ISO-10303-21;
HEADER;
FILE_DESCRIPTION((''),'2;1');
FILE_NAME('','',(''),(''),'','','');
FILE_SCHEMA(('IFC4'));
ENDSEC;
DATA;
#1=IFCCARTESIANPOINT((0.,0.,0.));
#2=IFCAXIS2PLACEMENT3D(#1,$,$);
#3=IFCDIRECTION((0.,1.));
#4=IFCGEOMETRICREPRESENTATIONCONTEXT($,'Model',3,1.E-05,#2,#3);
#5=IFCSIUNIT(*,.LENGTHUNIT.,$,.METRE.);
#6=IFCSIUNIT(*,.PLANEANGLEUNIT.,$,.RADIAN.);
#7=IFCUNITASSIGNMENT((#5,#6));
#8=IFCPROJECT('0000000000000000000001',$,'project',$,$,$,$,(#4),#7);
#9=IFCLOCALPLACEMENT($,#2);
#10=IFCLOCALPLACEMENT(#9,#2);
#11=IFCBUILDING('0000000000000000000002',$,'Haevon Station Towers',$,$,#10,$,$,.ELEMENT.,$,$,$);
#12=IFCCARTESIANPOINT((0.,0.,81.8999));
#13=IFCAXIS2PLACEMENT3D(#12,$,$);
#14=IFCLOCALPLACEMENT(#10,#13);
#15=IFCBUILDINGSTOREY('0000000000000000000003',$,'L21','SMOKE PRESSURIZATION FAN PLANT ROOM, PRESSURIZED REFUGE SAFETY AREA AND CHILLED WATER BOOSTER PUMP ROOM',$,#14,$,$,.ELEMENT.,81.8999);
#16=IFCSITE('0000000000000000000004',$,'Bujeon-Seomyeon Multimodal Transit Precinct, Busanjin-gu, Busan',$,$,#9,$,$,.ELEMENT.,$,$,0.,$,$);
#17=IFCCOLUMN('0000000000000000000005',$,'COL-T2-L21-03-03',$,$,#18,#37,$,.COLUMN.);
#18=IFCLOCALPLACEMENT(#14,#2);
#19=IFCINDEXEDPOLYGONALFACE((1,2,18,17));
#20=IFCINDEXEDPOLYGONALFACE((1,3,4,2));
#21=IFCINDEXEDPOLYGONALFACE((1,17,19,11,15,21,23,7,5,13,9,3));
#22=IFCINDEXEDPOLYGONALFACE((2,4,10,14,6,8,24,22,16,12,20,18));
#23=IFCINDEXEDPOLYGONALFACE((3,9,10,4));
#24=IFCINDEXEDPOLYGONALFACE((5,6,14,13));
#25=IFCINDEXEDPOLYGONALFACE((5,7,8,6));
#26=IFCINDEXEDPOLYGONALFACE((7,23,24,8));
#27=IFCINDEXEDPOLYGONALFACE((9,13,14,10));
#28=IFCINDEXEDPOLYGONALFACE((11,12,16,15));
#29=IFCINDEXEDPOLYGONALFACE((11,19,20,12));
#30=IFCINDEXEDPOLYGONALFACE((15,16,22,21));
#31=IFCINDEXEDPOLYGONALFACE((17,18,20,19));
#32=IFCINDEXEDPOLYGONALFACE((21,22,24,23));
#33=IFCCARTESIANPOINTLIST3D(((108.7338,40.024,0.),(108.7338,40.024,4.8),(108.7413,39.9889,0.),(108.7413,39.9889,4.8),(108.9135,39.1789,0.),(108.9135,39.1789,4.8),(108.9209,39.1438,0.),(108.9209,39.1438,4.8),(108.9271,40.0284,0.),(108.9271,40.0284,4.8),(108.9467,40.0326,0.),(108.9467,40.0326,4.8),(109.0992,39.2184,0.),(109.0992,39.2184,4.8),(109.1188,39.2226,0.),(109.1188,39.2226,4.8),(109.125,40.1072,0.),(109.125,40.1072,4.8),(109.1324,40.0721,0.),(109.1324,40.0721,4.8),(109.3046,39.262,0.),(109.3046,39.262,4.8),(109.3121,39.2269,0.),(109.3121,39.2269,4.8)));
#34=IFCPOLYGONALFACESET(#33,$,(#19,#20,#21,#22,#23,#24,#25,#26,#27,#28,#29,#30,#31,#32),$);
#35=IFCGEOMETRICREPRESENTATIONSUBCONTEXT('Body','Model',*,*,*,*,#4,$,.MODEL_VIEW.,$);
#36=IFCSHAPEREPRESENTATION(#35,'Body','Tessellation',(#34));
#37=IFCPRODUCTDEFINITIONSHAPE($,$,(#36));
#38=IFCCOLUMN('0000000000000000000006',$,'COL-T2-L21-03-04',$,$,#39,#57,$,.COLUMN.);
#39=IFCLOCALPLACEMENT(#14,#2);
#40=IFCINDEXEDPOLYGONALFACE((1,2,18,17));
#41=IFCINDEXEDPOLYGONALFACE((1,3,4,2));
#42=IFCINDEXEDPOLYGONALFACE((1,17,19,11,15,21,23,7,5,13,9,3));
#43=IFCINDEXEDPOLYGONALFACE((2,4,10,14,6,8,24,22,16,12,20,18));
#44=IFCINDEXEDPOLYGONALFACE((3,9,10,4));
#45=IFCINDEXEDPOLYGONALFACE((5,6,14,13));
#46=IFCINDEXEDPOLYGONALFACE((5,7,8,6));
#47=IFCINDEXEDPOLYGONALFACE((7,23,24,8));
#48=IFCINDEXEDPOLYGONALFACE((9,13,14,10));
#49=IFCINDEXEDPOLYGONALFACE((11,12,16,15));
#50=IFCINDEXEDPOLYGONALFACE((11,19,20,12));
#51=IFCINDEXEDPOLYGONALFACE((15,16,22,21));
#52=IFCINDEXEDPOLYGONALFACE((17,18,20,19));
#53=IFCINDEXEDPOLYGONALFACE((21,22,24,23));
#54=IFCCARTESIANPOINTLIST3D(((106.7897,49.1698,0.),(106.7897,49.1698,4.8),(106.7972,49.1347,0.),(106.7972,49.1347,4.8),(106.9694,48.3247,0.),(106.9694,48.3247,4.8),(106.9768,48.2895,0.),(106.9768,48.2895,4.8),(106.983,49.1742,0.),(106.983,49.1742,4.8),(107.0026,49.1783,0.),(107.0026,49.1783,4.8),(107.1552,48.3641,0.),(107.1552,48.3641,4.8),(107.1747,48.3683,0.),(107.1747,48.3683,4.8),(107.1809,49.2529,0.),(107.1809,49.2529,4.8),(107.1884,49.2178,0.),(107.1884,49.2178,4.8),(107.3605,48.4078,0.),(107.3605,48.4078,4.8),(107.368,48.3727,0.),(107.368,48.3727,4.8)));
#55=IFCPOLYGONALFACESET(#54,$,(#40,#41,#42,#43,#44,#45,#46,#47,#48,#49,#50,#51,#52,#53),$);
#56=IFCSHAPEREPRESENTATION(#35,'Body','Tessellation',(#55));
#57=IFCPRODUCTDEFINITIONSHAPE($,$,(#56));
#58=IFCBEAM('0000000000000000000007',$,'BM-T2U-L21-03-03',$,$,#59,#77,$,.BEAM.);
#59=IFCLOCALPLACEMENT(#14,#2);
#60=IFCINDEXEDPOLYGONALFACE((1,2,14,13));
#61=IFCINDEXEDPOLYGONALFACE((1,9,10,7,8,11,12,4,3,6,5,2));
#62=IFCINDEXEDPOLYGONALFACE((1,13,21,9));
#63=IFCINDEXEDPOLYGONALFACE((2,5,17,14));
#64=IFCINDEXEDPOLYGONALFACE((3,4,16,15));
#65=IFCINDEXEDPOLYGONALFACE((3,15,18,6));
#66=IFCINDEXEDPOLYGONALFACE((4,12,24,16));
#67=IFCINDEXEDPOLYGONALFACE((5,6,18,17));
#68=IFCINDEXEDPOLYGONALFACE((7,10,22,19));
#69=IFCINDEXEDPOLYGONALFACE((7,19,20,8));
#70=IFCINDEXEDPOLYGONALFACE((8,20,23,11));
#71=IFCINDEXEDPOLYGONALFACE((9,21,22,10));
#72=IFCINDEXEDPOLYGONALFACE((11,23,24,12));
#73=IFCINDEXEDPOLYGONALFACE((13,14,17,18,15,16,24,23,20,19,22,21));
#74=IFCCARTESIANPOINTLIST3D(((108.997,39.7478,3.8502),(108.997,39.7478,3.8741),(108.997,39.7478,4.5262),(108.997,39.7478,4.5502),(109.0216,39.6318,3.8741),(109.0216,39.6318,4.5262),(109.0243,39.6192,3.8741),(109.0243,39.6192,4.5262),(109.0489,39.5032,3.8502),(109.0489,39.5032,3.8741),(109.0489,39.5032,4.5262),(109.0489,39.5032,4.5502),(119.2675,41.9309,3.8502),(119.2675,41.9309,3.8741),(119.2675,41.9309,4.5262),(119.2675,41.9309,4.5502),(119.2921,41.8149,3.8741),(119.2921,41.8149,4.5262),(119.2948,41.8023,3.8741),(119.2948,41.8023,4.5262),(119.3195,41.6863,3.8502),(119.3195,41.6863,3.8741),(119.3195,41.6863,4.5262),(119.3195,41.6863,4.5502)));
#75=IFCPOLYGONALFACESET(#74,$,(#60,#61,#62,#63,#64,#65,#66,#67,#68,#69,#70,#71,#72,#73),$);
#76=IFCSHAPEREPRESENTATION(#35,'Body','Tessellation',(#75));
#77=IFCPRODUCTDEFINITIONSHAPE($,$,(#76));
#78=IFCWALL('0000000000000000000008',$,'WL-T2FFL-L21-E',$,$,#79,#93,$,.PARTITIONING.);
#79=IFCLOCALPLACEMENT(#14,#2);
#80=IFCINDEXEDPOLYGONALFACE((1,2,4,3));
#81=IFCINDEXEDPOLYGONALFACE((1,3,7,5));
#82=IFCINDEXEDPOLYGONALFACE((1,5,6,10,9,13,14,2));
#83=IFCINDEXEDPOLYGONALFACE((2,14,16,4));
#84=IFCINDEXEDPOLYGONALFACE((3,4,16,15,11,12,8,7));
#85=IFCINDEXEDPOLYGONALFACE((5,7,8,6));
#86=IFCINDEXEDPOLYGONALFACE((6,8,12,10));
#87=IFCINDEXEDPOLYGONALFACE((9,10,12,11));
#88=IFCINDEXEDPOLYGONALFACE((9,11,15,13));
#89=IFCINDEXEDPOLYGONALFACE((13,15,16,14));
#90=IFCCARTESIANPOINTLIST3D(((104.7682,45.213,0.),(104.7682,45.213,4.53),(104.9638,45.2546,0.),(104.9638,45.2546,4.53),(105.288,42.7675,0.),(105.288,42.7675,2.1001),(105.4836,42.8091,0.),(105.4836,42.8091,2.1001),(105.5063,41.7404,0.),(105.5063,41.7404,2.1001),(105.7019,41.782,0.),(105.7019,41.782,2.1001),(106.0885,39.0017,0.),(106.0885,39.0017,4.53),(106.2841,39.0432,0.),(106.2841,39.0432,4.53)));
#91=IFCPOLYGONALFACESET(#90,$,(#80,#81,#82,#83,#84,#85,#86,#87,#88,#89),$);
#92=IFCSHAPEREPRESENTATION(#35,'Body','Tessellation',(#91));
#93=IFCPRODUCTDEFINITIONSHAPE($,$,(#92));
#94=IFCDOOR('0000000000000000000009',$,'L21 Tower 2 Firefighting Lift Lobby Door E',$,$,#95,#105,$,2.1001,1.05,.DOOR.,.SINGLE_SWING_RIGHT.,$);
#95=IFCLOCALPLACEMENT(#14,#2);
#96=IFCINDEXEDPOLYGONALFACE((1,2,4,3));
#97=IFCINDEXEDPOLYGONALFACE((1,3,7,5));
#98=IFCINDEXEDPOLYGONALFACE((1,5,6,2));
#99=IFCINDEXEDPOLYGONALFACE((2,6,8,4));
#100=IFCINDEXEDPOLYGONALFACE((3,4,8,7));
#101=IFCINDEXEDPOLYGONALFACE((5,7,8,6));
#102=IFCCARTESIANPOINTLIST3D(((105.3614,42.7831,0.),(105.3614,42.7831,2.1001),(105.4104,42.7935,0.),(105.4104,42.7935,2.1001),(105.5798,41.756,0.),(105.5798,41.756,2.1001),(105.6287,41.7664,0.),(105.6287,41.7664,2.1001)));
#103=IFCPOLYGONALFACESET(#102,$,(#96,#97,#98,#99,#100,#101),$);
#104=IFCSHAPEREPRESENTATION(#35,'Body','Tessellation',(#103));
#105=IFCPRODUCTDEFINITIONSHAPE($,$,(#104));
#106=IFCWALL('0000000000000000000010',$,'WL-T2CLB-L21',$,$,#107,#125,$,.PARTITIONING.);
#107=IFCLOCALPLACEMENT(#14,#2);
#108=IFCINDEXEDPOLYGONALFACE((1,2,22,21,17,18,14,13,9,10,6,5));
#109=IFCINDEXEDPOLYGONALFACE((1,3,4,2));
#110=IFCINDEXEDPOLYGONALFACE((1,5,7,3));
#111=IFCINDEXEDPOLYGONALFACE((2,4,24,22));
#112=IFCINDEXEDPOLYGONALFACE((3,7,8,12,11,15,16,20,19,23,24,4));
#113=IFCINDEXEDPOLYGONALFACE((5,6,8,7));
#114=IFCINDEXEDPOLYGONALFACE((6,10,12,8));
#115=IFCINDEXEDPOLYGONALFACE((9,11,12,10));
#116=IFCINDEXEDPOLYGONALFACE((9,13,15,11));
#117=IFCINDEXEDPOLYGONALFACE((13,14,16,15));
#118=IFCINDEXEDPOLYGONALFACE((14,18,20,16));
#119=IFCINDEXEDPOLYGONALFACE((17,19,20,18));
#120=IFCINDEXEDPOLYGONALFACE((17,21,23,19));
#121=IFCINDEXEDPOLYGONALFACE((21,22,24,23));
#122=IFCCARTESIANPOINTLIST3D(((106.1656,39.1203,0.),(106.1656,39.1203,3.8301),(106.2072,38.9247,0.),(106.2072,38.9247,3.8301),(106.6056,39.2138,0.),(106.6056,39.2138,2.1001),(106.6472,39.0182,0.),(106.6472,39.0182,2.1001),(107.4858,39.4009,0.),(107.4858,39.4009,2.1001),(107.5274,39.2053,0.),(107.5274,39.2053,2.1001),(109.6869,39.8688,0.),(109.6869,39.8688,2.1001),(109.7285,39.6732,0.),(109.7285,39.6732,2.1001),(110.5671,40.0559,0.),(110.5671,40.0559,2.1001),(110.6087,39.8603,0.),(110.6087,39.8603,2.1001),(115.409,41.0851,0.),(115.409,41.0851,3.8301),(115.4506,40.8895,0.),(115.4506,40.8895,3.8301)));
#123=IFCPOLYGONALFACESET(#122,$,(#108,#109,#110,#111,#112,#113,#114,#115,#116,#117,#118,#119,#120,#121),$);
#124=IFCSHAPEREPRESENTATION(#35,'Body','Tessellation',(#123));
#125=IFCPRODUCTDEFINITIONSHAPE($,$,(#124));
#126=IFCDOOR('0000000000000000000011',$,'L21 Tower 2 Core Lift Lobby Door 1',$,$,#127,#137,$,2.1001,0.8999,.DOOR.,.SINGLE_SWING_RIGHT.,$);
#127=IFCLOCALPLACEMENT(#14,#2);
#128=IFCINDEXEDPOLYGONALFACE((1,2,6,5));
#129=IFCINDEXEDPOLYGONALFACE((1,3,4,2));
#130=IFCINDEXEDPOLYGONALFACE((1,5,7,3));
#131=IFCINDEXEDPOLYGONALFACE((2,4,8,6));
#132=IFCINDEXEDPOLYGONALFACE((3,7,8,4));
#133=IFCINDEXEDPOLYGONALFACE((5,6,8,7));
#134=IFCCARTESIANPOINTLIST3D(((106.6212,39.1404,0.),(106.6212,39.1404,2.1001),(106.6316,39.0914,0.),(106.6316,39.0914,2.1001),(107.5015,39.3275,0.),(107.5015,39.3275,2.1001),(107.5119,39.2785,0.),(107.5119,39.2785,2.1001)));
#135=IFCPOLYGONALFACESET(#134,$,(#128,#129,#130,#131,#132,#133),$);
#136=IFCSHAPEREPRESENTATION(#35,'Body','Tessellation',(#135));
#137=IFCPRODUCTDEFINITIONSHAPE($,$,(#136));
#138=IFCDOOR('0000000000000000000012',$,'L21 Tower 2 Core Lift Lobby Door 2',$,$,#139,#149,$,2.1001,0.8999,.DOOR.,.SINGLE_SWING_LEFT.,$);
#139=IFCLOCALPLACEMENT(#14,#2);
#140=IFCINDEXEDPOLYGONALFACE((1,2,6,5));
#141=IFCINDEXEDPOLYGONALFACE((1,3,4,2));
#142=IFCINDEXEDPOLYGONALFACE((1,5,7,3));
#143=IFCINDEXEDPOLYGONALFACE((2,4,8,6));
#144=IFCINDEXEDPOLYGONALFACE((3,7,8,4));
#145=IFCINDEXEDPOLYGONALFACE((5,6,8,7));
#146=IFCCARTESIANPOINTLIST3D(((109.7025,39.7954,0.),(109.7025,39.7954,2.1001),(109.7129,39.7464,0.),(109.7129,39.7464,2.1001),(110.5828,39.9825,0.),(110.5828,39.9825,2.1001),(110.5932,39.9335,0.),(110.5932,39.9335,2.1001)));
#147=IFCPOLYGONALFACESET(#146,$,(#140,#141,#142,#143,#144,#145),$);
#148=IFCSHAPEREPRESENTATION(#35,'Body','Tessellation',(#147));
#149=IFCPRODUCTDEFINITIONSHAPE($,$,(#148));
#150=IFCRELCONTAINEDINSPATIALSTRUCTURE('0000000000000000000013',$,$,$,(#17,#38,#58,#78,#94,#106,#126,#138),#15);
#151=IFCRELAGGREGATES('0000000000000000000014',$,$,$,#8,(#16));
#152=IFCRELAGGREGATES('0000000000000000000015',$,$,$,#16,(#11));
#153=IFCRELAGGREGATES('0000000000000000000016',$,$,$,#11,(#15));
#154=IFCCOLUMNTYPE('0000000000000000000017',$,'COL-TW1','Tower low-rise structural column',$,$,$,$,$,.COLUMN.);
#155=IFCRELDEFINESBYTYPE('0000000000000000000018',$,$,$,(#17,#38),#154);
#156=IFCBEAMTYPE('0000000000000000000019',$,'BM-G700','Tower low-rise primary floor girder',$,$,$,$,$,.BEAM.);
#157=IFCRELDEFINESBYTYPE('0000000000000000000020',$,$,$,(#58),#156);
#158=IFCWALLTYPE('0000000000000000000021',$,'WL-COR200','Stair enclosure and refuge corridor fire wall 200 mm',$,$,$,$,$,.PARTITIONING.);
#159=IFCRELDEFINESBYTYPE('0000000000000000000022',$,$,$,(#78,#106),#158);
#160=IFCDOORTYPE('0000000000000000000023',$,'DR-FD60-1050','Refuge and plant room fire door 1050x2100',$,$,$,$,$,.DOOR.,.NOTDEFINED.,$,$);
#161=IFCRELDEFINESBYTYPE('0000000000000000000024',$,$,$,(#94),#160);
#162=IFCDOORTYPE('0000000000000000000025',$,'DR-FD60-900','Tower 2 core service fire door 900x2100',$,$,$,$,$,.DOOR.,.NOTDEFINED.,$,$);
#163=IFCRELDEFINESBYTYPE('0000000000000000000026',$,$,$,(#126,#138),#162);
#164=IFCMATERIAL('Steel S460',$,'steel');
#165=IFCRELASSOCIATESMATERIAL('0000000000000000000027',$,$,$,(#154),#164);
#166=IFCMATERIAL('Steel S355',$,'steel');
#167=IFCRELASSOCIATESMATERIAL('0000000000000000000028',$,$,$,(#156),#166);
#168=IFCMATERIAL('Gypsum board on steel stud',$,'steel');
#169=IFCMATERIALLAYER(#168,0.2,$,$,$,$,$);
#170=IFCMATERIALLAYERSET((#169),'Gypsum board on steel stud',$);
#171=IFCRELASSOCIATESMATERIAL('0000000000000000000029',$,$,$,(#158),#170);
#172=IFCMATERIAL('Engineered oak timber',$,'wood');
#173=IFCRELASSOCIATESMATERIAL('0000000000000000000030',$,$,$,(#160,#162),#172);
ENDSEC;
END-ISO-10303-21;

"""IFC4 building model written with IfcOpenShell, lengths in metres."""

from ifc_helpers import new_model, si_unit, direction, frame, frame_2d, origin, origin_2d, place, context, subcontext, project, spatial, rectangle, i_section, extrude, material, layer, layer_set, material_profile, profile_set, type_object, element, fill, save


model = new_model("IFC4")

# Units and contexts
model_context = context("Model", 3, precision=1e-05, world=origin(), true_north=direction((0.0, 1.0)))
body_context = subcontext(model_context, "Body", "Model", "MODEL_VIEW")
ifc_project = project(units=[si_unit("LENGTHUNIT", "METRE"), si_unit("PLANEANGLEUNIT", "RADIAN")], contexts=[model_context])

# Site, building, storey
site_placement = place(None, origin())
site = spatial("IfcSite", under=ifc_project, at=site_placement, Name="Bujeon-Seomyeon Multimodal Transit Precinct, Busanjin-gu, Busan", CompositionType="ELEMENT", RefElevation=0.0)
building_placement = place(site_placement, origin())
building = spatial("IfcBuilding", under=site, at=building_placement, Name="Haevon Station Towers", CompositionType="ELEMENT")
storey_placement = place(building_placement, frame((0.0, 0.0, 81.8999)))
storey = spatial("IfcBuildingStorey", under=building, at=storey_placement, Name="L21", Description="SMOKE PRESSURIZATION FAN PLANT ROOM, PRESSURIZED REFUGE SAFETY AREA AND CHILLED WATER BOOSTER PUMP ROOM", CompositionType="ELEMENT", Elevation=81.8999)

# Columns
ifc_material_1 = material(Name="Steel S460", Category="steel")
ifc_material_profile_1 = material_profile(ifc_material_1, i_section(OverallWidth=0.3999, OverallDepth=0.8999, WebThickness=0.02, FlangeThickness=0.0359, at=origin_2d()), Name="H-900x400x20x36")
ifc_profile_set_1 = profile_set([ifc_material_profile_1], Name="Steel S460")
column_type = type_object("IfcColumnType", Name="COL-TW1", Description="Tower low-rise structural column", PredefinedType="COLUMN", material=ifc_profile_set_1)
for number, where, z_axis, x_axis, name in (
    (1, (109.0229, 39.6255, 0.0), (0.0, 0.0, 1.0), (0.978148, 0.207912, 0.0), "COL-T2-L21-03-03"),
    (2, (107.0789, 48.7712, 0.0), (0.0, 0.0, 1.0), (0.978148, 0.207912, 0.0), "COL-T2-L21-03-04"),
):
    element("IfcColumn", number, at=place(storey_placement, frame(where, z_axis=z_axis, x_axis=x_axis)), inside=storey, type_object=column_type, Name=name, PredefinedType="COLUMN", context=body_context, shape_type="SweptSolid", body=[
        extrude(i_section(OverallWidth=0.3999, OverallDepth=0.8999, WebThickness=0.02, FlangeThickness=0.0359, at=origin_2d()), origin(), (0.0, 0.0, 1.0), 4.8),
    ])

# Beam
ifc_material_2 = material(Name="Steel S355", Category="steel")
ifc_material_profile_2 = material_profile(ifc_material_2, i_section(OverallWidth=0.25, OverallDepth=0.7, WebThickness=0.0129, FlangeThickness=0.0239, at=origin_2d()), Name="H-700x250x13x24")
ifc_profile_set_2 = profile_set([ifc_material_profile_2], Name="Steel S355")
beam_type = type_object("IfcBeamType", Name="BM-G700", Description="Tower low-rise primary floor girder", PredefinedType="BEAM", material=ifc_profile_set_2)
beam_placement = place(storey_placement, frame((109.0229, 39.6255, 4.2002), z_axis=(0.978147, 0.207915, 0.0), x_axis=(-0.207915, 0.978147, 0.0)))
element("IfcBeam", 3, at=beam_placement, inside=storey, type_object=beam_type, Name="BM-T2U-L21-03-03", PredefinedType="BEAM", context=body_context, shape_type="SweptSolid", body=[
    extrude(i_section(OverallWidth=0.25, OverallDepth=0.7, WebThickness=0.0129, FlangeThickness=0.0239, at=origin_2d()), origin(), (0.0, 0.0, 1.0), 10.5),
])

# Wall, opening, door
ifc_material_3 = material(Name="Gypsum board on steel stud", Category="steel")
ifc_layer_1 = layer(ifc_material_3, 0.2)
ifc_layer_set_1 = layer_set([ifc_layer_1], Name="Gypsum board on steel stud")
wall_type_1 = type_object("IfcWallType", Name="WL-COR200", Description="Stair enclosure and refuge corridor fire wall 200 mm", PredefinedType="PARTITIONING", material=ifc_layer_set_1)
wall_1_placement = place(storey_placement, frame((106.1863, 39.0225, 0.0), z_axis=(0.0, 0.0, 1.0), x_axis=(-0.207917, 0.978147, 0.0)))
wall_1 = element("IfcWall", 4, at=wall_1_placement, inside=storey, type_object=wall_type_1, Name="WL-T2FFL-L21-E", PredefinedType="PARTITIONING", context=body_context, shape_type="SweptSolid", body=[
    extrude(rectangle(XDim=6.3501, YDim=0.2, at=frame_2d((3.175, 0.0))), origin(), (0.0, 0.0, 1.0), 4.53),
])
opening_1_placement = place(wall_1_placement, frame((2.8, 0.0, 0.0)))
opening_1 = element("IfcOpeningElement", 5, at=opening_1_placement, cuts=wall_1, PredefinedType="OPENING", context=body_context, shape_type="SweptSolid", body=[
    extrude(rectangle(XDim=1.05, YDim=2.1001, at=frame_2d((0.5249, 1.05))), frame((0.0, 0.1099, 0.0), z_axis=(0.0, -1.0, 0.0), x_axis=(1.0, 0.0, 0.0)), (0.0, 0.0, 1.0), 0.22),
])
ifc_material_4 = material(Name="Engineered oak timber", Category="wood")
door_type_1 = type_object("IfcDoorType", Name="DR-FD60-1050", Description="Refuge and plant room fire door 1050x2100", OperationType="NOTDEFINED", PredefinedType="DOOR", material=ifc_material_4)
door_1_placement = place(opening_1_placement, origin())
door_1 = element("IfcDoor", 6, at=door_1_placement, inside=storey, type_object=door_type_1, Name="L21 Tower 2 Firefighting Lift Lobby Door E", OperationType="SINGLE_SWING_RIGHT", OverallHeight=2.1001, OverallWidth=1.05, PredefinedType="DOOR", context=body_context, shape_type="SweptSolid", body=[
    extrude(rectangle(XDim=1.05, YDim=2.1001, at=frame_2d((0.5249, 1.05))), frame((0.0, 0.0249, 0.0), z_axis=(0.0, -1.0, 0.0), x_axis=(1.0, 0.0, 0.0)), (0.0, 0.0, 1.0), 0.05),
])
fill(opening_1, door_1)

# Wall, openings, doors
wall_2_placement = place(storey_placement, frame((106.1863, 39.0225, 0.0), z_axis=(0.0, 0.0, 1.0), x_axis=(0.978146, 0.207921, 0.0)))
wall_2 = element("IfcWall", 7, at=wall_2_placement, inside=storey, type_object=wall_type_1, Name="WL-T2CLB-L21", PredefinedType="PARTITIONING", context=body_context, shape_type="SweptSolid", body=[
    extrude(rectangle(XDim=9.45, YDim=0.2, at=frame_2d((4.7251, 0.0))), origin(), (0.0, 0.0, 1.0), 3.8301),
])
opening_2_placement = place(wall_2_placement, frame((0.45, 0.0, 0.0)))
opening_2 = element("IfcOpeningElement", 8, at=opening_2_placement, cuts=wall_2, PredefinedType="OPENING", context=body_context, shape_type="SweptSolid", body=[
    extrude(rectangle(XDim=0.8999, YDim=2.1001, at=frame_2d((0.45, 1.05))), frame((0.0, 0.1099, 0.0), z_axis=(0.0, -1.0, 0.0), x_axis=(1.0, 0.0, 0.0)), (0.0, 0.0, 1.0), 0.22),
])
opening_3_placement = place(wall_2_placement, frame((3.6001, 0.0, 0.0)))
opening_3 = element("IfcOpeningElement", 9, at=opening_3_placement, cuts=wall_2, PredefinedType="OPENING", context=body_context, shape_type="SweptSolid", body=[
    extrude(rectangle(XDim=0.8999, YDim=2.1001, at=frame_2d((0.45, 1.05))), frame((0.0, 0.1099, 0.0), z_axis=(0.0, -1.0, 0.0), x_axis=(1.0, 0.0, 0.0)), (0.0, 0.0, 1.0), 0.22),
])
door_type_2 = type_object("IfcDoorType", Name="DR-FD60-900", Description="Tower 2 core service fire door 900x2100", OperationType="NOTDEFINED", PredefinedType="DOOR", material=ifc_material_4)
door_2_placement = place(opening_2_placement, origin())
door_2 = element("IfcDoor", 10, at=door_2_placement, inside=storey, type_object=door_type_2, Name="L21 Tower 2 Core Lift Lobby Door 1", OperationType="SINGLE_SWING_RIGHT", OverallHeight=2.1001, OverallWidth=0.8999, PredefinedType="DOOR", context=body_context, shape_type="SweptSolid", body=[
    extrude(rectangle(XDim=0.8999, YDim=2.1001, at=frame_2d((0.45, 1.05))), frame((0.0, 0.0249, 0.0), z_axis=(0.0, -1.0, 0.0), x_axis=(1.0, 0.0, 0.0)), (0.0, 0.0, 1.0), 0.05),
])
fill(opening_2, door_2)
door_3_placement = place(opening_3_placement, origin())
door_3 = element("IfcDoor", 11, at=door_3_placement, inside=storey, type_object=door_type_2, Name="L21 Tower 2 Core Lift Lobby Door 2", OperationType="SINGLE_SWING_LEFT", OverallHeight=2.1001, OverallWidth=0.8999, PredefinedType="DOOR", context=body_context, shape_type="SweptSolid", body=[
    extrude(rectangle(XDim=0.8999, YDim=2.1001, at=frame_2d((0.45, 1.05))), frame((0.0, 0.0249, 0.0), z_axis=(0.0, -1.0, 0.0), x_axis=(1.0, 0.0, 0.0)), (0.0, 0.0, 1.0), 0.05),
])
fill(opening_3, door_3)

save(model, "model.ifc")
